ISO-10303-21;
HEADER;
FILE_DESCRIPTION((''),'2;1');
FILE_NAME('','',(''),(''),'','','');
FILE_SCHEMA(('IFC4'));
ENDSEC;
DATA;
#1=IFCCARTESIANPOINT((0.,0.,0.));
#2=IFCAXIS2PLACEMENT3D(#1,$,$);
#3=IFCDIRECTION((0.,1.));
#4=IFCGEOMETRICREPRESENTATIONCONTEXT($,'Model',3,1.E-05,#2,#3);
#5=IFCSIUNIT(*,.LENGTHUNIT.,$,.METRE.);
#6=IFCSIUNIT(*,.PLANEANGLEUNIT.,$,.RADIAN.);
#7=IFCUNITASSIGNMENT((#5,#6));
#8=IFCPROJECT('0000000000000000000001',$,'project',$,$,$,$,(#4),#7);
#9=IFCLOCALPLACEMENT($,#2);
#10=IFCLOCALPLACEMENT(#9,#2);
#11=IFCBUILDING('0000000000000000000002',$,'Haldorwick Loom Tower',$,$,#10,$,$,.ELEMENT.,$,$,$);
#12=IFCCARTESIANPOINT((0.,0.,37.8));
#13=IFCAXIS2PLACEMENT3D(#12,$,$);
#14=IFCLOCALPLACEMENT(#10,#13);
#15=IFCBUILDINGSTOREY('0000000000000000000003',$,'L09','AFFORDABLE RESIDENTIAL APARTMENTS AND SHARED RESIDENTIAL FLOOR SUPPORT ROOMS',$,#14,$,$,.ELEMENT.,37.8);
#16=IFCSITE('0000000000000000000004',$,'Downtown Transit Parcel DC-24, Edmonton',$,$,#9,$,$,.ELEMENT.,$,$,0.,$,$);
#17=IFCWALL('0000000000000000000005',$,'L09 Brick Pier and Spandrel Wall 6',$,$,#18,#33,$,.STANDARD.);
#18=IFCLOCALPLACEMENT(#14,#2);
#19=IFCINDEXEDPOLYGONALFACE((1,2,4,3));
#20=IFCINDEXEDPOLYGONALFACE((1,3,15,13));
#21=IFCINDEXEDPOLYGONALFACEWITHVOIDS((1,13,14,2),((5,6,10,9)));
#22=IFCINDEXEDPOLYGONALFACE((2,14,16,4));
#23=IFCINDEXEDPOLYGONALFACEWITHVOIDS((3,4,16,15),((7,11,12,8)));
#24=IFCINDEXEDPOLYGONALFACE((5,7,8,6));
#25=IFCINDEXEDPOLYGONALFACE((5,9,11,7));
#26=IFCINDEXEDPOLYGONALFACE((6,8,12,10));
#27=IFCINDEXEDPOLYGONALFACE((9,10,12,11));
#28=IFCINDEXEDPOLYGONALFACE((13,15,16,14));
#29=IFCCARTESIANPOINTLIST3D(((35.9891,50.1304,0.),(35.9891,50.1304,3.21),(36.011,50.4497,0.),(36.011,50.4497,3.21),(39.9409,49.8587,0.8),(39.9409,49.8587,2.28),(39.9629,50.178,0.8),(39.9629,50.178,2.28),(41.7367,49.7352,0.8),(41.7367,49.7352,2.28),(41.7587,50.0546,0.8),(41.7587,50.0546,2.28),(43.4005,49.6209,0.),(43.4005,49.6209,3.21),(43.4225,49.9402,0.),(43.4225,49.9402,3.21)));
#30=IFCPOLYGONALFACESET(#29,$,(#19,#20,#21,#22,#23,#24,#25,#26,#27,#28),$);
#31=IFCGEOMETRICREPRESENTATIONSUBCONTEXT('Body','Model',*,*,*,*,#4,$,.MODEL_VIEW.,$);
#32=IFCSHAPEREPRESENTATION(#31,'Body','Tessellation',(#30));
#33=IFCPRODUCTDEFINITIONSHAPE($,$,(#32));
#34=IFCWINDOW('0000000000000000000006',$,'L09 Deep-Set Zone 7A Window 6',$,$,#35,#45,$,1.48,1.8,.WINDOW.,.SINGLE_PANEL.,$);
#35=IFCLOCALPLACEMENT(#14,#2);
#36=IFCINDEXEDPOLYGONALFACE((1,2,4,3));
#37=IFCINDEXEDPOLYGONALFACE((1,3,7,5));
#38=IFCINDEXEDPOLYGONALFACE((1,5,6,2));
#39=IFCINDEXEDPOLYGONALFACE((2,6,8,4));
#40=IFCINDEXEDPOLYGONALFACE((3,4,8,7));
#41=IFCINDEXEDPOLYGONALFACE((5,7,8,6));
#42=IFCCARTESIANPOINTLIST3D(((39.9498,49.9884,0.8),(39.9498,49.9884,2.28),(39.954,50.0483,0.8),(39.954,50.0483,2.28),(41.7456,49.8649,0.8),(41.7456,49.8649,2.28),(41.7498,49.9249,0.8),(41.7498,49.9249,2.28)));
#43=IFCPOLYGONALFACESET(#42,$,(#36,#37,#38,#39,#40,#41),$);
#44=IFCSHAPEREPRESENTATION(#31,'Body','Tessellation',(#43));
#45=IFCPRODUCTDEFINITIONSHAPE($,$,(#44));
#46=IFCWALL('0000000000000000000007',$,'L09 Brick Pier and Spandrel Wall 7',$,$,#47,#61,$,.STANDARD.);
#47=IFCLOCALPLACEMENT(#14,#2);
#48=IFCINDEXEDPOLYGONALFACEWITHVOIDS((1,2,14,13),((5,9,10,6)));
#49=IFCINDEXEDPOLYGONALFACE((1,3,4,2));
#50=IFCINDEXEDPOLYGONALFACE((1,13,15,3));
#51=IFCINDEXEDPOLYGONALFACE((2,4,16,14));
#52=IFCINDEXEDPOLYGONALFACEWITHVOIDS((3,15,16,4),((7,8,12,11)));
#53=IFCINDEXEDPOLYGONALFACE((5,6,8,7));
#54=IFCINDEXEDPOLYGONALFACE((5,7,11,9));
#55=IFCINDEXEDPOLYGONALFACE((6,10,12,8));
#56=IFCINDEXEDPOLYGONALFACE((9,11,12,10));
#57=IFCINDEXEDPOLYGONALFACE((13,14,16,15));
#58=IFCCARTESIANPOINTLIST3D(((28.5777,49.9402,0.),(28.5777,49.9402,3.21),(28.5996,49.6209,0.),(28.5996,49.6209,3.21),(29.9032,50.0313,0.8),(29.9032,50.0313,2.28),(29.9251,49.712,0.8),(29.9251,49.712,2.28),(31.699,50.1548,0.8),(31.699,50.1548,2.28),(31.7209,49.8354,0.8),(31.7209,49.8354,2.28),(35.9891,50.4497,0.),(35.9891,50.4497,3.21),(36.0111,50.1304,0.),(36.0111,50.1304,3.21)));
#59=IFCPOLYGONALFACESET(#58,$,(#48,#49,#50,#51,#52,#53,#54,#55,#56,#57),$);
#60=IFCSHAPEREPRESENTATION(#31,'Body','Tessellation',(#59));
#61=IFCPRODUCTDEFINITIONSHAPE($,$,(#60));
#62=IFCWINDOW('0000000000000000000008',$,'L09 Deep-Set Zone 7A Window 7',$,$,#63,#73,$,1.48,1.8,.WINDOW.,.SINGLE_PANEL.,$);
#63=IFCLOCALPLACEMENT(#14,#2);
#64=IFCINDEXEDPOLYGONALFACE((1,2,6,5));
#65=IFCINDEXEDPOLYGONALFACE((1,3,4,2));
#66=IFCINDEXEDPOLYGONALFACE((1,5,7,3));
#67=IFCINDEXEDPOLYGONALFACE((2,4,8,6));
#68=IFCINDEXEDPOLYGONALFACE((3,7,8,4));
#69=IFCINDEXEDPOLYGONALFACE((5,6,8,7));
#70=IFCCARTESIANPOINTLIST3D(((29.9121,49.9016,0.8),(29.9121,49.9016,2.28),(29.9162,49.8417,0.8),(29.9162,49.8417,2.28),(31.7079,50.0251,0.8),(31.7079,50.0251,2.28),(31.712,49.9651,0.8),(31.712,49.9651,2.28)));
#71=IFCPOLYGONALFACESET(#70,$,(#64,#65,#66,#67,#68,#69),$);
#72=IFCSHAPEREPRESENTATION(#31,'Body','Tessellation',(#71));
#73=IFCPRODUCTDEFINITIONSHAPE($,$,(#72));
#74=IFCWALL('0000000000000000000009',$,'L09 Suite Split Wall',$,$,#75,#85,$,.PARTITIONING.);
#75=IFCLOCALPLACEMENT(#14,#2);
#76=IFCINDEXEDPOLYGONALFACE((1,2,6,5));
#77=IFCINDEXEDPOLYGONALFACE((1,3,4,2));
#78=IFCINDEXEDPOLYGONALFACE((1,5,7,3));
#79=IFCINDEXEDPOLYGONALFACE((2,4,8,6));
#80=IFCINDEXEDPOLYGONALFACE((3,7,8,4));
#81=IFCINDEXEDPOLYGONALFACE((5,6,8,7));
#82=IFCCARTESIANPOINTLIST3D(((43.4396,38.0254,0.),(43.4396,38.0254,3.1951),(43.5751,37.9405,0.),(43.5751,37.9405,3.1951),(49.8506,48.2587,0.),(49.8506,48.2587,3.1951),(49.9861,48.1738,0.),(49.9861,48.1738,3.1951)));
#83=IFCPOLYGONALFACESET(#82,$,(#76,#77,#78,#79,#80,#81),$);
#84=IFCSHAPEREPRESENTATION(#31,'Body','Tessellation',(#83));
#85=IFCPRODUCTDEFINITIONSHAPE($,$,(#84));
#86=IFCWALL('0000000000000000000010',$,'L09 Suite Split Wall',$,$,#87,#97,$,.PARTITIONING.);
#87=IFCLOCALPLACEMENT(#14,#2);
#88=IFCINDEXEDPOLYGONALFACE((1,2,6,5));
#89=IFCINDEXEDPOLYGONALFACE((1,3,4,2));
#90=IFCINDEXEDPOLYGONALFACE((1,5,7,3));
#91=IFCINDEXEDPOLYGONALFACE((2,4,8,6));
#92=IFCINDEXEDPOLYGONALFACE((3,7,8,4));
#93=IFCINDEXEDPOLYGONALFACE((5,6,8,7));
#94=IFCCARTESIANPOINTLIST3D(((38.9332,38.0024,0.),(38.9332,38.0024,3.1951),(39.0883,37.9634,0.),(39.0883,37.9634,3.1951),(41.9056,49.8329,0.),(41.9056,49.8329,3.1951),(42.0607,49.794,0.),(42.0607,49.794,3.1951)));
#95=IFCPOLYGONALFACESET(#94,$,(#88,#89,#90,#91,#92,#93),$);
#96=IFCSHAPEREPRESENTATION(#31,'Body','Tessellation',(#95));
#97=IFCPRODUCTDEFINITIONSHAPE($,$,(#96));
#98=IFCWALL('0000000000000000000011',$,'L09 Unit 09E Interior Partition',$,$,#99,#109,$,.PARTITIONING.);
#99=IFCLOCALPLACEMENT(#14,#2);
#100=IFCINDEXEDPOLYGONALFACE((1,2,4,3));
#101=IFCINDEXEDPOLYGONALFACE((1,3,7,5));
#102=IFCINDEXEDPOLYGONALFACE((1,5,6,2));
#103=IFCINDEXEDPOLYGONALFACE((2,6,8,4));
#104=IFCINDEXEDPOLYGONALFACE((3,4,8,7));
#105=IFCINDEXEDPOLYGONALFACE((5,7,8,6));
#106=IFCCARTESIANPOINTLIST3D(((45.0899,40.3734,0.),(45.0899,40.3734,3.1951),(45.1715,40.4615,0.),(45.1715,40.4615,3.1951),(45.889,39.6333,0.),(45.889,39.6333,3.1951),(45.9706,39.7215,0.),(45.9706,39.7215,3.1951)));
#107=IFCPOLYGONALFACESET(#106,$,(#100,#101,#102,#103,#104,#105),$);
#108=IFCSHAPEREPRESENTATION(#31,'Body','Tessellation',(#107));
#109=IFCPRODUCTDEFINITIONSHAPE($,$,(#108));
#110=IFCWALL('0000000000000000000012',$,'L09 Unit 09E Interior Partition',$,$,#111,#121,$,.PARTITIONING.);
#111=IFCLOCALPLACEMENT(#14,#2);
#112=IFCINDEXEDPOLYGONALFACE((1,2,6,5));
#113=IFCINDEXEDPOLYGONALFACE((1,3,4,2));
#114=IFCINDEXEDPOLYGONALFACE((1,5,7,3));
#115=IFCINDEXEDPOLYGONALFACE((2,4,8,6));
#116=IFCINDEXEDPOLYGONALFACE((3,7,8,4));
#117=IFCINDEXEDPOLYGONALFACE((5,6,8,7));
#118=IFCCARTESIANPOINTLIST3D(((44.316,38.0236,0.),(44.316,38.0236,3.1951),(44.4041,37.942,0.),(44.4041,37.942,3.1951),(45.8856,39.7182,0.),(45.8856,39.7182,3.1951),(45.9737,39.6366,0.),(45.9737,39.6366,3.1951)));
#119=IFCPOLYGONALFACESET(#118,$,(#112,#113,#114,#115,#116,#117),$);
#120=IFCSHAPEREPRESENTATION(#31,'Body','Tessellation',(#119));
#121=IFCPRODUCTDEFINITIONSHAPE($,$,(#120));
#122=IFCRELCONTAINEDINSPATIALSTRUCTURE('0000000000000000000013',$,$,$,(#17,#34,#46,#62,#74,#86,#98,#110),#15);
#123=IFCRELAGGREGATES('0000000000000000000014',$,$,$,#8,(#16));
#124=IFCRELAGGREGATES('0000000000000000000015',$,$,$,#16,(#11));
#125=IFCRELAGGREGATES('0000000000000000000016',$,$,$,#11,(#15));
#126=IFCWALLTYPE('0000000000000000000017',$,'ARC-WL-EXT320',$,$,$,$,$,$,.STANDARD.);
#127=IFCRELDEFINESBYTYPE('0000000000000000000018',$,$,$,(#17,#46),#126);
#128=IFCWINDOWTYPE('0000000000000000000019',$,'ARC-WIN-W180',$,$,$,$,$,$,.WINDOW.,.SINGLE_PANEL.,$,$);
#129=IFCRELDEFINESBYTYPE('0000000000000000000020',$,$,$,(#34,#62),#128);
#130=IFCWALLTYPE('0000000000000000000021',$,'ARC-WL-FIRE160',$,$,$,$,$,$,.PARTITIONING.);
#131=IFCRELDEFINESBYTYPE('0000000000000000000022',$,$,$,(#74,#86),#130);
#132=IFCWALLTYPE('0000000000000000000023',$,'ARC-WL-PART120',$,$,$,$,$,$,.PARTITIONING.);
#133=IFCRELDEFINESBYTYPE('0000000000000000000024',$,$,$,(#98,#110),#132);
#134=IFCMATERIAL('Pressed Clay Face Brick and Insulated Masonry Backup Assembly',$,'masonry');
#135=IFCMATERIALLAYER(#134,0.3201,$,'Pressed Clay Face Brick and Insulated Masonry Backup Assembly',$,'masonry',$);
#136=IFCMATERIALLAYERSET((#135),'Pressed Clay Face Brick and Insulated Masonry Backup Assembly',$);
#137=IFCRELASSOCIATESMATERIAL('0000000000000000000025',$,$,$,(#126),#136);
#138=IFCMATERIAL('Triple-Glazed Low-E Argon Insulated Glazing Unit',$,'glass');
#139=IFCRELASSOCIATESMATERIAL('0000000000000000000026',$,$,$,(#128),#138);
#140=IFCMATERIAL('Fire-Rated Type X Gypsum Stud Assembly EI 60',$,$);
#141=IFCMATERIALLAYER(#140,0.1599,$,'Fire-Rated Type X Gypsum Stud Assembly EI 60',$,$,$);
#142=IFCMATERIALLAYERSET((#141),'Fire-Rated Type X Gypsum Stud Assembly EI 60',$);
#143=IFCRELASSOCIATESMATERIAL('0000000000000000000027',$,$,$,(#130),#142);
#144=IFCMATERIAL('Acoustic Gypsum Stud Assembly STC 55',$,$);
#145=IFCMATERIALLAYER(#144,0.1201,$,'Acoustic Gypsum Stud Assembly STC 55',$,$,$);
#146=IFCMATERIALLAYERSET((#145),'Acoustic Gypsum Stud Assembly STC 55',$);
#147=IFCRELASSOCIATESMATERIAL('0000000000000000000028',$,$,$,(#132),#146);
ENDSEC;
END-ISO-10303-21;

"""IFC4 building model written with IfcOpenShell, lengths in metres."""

from ifc_helpers import new_model, si_unit, direction, frame, frame_2d, origin, place, context, subcontext, project, spatial, rectangle, extrude, material, layer, layer_set, type_object, element, fill, save


model = new_model("IFC4")

# Units and contexts
model_context = context("Model", 3, precision=1e-05, world=origin(), true_north=direction((0.0, 1.0)))
body_context = subcontext(model_context, "Body", "Model", "MODEL_VIEW")
ifc_project = project(units=[si_unit("LENGTHUNIT", "METRE"), si_unit("PLANEANGLEUNIT", "RADIAN")], contexts=[model_context])

# Site, building, storey
site_placement = place(None, origin())
site = spatial("IfcSite", under=ifc_project, at=site_placement, Name="Downtown Transit Parcel DC-24, Edmonton", CompositionType="ELEMENT", RefElevation=0.0)
building_placement = place(site_placement, origin())
building = spatial("IfcBuilding", under=site, at=building_placement, Name="Haldorwick Loom Tower", CompositionType="ELEMENT")
storey_placement = place(building_placement, frame((0.0, 0.0, 37.8)))
storey = spatial("IfcBuildingStorey", under=building, at=storey_placement, Name="L09", Description="AFFORDABLE RESIDENTIAL APARTMENTS AND SHARED RESIDENTIAL FLOOR SUPPORT ROOMS", CompositionType="ELEMENT", Elevation=37.8)

# Walls, openings, windows
ifc_material_1 = material(Name="Pressed Clay Face Brick and Insulated Masonry Backup Assembly", Category="masonry")
ifc_layer_1 = layer(ifc_material_1, 0.3201, Name="Pressed Clay Face Brick and Insulated Masonry Backup Assembly", Category="masonry")
ifc_layer_set_1 = layer_set([ifc_layer_1], Name="Pressed Clay Face Brick and Insulated Masonry Backup Assembly")
wall_type_1 = type_object("IfcWallType", Name="ARC-WL-EXT320", PredefinedType="STANDARD", material=ifc_layer_set_1)
wall_1_placement = place(storey_placement, frame((43.4114, 49.7805, 0.0), z_axis=(0.0, 0.0, 1.0), x_axis=(-0.997645, 0.068587, 0.0)))
wall_1 = element("IfcWall", 1, at=wall_1_placement, inside=storey, type_object=wall_type_1, Name="L09 Brick Pier and Spandrel Wall 6", PredefinedType="STANDARD", context=body_context, shape_type="SweptSolid", body=[
    extrude(rectangle(XDim=7.429, YDim=0.3201, at=frame_2d((3.7144, 0.0))), origin(), (0.0, 0.0, 1.0), 3.21),
])
opening_1_placement = place(wall_1_placement, frame((1.6677, 0.0, 0.8)))
opening_1 = element("IfcOpeningElement", 2, at=opening_1_placement, cuts=wall_1, PredefinedType="OPENING", context=body_context, shape_type="SweptSolid", body=[
    extrude(rectangle(XDim=1.8, YDim=1.48, at=frame_2d((0.8999, 0.74))), frame((0.0, 0.1699, 0.0), z_axis=(0.0, -1.0, 0.0), x_axis=(1.0, 0.0, 0.0)), (0.0, 0.0, 1.0), 0.3401),
])
ifc_material_2 = material(Name="Triple-Glazed Low-E Argon Insulated Glazing Unit", Category="glass")
window_type = type_object("IfcWindowType", Name="ARC-WIN-W180", PartitioningType="SINGLE_PANEL", PredefinedType="WINDOW", material=ifc_material_2)
window_1_placement = place(opening_1_placement, origin())
window_1 = element("IfcWindow", 3, at=window_1_placement, inside=storey, type_object=window_type, Name="L09 Deep-Set Zone 7A Window 6", OverallHeight=1.48, OverallWidth=1.8, PartitioningType="SINGLE_PANEL", PredefinedType="WINDOW", context=body_context, shape_type="SweptSolid", body=[
    extrude(rectangle(XDim=1.8, YDim=1.48, at=frame_2d((0.8999, 0.74))), frame((0.0, 0.03, 0.0), z_axis=(0.0, -1.0, 0.0), x_axis=(1.0, 0.0, 0.0)), (0.0, 0.0, 1.0), 0.0601),
])
fill(opening_1, window_1)
wall_2_placement = place(storey_placement, frame((36.0, 50.29, 0.0), z_axis=(0.0, 0.0, 1.0), x_axis=(-0.997645, -0.068587, 0.0)))
wall_2 = element("IfcWall", 4, at=wall_2_placement, inside=storey, type_object=wall_type_1, Name="L09 Brick Pier and Spandrel Wall 7", PredefinedType="STANDARD", context=body_context, shape_type="SweptSolid", body=[
    extrude(rectangle(XDim=7.429, YDim=0.3201, at=frame_2d((3.7144, 0.0))), origin(), (0.0, 0.0, 1.0), 3.21),
])
opening_2_placement = place(wall_2_placement, frame((4.3003, 0.0, 0.8)))
opening_2 = element("IfcOpeningElement", 5, at=opening_2_placement, cuts=wall_2, PredefinedType="OPENING", context=body_context, shape_type="SweptSolid", body=[
    extrude(rectangle(XDim=1.8, YDim=1.48, at=frame_2d((0.8999, 0.74))), frame((0.0, 0.1699, 0.0), z_axis=(0.0, -1.0, 0.0), x_axis=(1.0, 0.0, 0.0)), (0.0, 0.0, 1.0), 0.3401),
])
window_2_placement = place(opening_2_placement, origin())
window_2 = element("IfcWindow", 6, at=window_2_placement, inside=storey, type_object=window_type, Name="L09 Deep-Set Zone 7A Window 7", OverallHeight=1.48, OverallWidth=1.8, PartitioningType="SINGLE_PANEL", PredefinedType="WINDOW", context=body_context, shape_type="SweptSolid", body=[
    extrude(rectangle(XDim=1.8, YDim=1.48, at=frame_2d((0.8999, 0.74))), frame((0.0, 0.03, 0.0), z_axis=(0.0, -1.0, 0.0), x_axis=(1.0, 0.0, 0.0)), (0.0, 0.0, 1.0), 0.0601),
])
fill(opening_2, window_2)

# Walls
ifc_material_3 = material(Name="Fire-Rated Type X Gypsum Stud Assembly EI 60")
ifc_layer_2 = layer(ifc_material_3, 0.1599, Name="Fire-Rated Type X Gypsum Stud Assembly EI 60")
ifc_layer_set_2 = layer_set([ifc_layer_2], Name="Fire-Rated Type X Gypsum Stud Assembly EI 60")
wall_type_2 = type_object("IfcWallType", Name="ARC-WL-FIRE160", PredefinedType="PARTITIONING", material=ifc_layer_set_2)
wall_3_placement = place(storey_placement, frame((43.5073, 37.9829, 0.0), z_axis=(0.0, 0.0, 1.0), x_axis=(0.530907, 0.84743, 0.0)))
element("IfcWall", 7, at=wall_3_placement, inside=storey, type_object=wall_type_2, Name="L09 Suite Split Wall", PredefinedType="PARTITIONING", context=body_context, shape_type="SweptSolid", body=[
    extrude(rectangle(XDim=12.0757, YDim=0.1599, at=frame_2d((6.0378, 0.0))), origin(), (0.0, 0.0, 1.0), 3.1951),
])
wall_4_placement = place(storey_placement, frame((39.0107, 37.9829, 0.0), z_axis=(0.0, 0.0, 1.0), x_axis=(0.243675, 0.969857, 0.0)))
element("IfcWall", 8, at=wall_4_placement, inside=storey, type_object=wall_type_2, Name="L09 Suite Split Wall", PredefinedType="PARTITIONING", context=body_context, shape_type="SweptSolid", body=[
    extrude(rectangle(XDim=12.1982, YDim=0.1599, at=frame_2d((6.0991, 0.0))), origin(), (0.0, 0.0, 1.0), 3.1951),
])
ifc_material_4 = material(Name="Acoustic Gypsum Stud Assembly STC 55")
ifc_layer_3 = layer(ifc_material_4, 0.1201, Name="Acoustic Gypsum Stud Assembly STC 55")
ifc_layer_set_3 = layer_set([ifc_layer_3], Name="Acoustic Gypsum Stud Assembly STC 55")
wall_type_3 = type_object("IfcWallType", Name="ARC-WL-PART120", PredefinedType="PARTITIONING", material=ifc_layer_set_3)
wall_5_placement = place(storey_placement, frame((45.9297, 39.6775, 0.0), z_axis=(0.0, 0.0, 1.0), x_axis=(-0.733711, 0.679462, 0.0)))
element("IfcWall", 9, at=wall_5_placement, inside=storey, type_object=wall_type_3, Name="L09 Unit 09E Interior Partition", PredefinedType="PARTITIONING", context=body_context, shape_type="SweptSolid", body=[
    extrude(rectangle(XDim=1.0891, YDim=0.1201, at=frame_2d((0.5444, 0.0))), origin(), (0.0, 0.0, 1.0), 3.1951),
])
wall_6_placement = place(storey_placement, frame((44.3601, 37.9829, 0.0), z_axis=(0.0, 0.0, 1.0), x_axis=(0.67953, 0.733647, 0.0)))
element("IfcWall", 10, at=wall_6_placement, inside=storey, type_object=wall_type_3, Name="L09 Unit 09E Interior Partition", PredefinedType="PARTITIONING", context=body_context, shape_type="SweptSolid", body=[
    extrude(rectangle(XDim=2.3098, YDim=0.1201, at=frame_2d((1.1548, 0.0))), origin(), (0.0, 0.0, 1.0), 3.1951),
])

save(model, "model.ifc")
